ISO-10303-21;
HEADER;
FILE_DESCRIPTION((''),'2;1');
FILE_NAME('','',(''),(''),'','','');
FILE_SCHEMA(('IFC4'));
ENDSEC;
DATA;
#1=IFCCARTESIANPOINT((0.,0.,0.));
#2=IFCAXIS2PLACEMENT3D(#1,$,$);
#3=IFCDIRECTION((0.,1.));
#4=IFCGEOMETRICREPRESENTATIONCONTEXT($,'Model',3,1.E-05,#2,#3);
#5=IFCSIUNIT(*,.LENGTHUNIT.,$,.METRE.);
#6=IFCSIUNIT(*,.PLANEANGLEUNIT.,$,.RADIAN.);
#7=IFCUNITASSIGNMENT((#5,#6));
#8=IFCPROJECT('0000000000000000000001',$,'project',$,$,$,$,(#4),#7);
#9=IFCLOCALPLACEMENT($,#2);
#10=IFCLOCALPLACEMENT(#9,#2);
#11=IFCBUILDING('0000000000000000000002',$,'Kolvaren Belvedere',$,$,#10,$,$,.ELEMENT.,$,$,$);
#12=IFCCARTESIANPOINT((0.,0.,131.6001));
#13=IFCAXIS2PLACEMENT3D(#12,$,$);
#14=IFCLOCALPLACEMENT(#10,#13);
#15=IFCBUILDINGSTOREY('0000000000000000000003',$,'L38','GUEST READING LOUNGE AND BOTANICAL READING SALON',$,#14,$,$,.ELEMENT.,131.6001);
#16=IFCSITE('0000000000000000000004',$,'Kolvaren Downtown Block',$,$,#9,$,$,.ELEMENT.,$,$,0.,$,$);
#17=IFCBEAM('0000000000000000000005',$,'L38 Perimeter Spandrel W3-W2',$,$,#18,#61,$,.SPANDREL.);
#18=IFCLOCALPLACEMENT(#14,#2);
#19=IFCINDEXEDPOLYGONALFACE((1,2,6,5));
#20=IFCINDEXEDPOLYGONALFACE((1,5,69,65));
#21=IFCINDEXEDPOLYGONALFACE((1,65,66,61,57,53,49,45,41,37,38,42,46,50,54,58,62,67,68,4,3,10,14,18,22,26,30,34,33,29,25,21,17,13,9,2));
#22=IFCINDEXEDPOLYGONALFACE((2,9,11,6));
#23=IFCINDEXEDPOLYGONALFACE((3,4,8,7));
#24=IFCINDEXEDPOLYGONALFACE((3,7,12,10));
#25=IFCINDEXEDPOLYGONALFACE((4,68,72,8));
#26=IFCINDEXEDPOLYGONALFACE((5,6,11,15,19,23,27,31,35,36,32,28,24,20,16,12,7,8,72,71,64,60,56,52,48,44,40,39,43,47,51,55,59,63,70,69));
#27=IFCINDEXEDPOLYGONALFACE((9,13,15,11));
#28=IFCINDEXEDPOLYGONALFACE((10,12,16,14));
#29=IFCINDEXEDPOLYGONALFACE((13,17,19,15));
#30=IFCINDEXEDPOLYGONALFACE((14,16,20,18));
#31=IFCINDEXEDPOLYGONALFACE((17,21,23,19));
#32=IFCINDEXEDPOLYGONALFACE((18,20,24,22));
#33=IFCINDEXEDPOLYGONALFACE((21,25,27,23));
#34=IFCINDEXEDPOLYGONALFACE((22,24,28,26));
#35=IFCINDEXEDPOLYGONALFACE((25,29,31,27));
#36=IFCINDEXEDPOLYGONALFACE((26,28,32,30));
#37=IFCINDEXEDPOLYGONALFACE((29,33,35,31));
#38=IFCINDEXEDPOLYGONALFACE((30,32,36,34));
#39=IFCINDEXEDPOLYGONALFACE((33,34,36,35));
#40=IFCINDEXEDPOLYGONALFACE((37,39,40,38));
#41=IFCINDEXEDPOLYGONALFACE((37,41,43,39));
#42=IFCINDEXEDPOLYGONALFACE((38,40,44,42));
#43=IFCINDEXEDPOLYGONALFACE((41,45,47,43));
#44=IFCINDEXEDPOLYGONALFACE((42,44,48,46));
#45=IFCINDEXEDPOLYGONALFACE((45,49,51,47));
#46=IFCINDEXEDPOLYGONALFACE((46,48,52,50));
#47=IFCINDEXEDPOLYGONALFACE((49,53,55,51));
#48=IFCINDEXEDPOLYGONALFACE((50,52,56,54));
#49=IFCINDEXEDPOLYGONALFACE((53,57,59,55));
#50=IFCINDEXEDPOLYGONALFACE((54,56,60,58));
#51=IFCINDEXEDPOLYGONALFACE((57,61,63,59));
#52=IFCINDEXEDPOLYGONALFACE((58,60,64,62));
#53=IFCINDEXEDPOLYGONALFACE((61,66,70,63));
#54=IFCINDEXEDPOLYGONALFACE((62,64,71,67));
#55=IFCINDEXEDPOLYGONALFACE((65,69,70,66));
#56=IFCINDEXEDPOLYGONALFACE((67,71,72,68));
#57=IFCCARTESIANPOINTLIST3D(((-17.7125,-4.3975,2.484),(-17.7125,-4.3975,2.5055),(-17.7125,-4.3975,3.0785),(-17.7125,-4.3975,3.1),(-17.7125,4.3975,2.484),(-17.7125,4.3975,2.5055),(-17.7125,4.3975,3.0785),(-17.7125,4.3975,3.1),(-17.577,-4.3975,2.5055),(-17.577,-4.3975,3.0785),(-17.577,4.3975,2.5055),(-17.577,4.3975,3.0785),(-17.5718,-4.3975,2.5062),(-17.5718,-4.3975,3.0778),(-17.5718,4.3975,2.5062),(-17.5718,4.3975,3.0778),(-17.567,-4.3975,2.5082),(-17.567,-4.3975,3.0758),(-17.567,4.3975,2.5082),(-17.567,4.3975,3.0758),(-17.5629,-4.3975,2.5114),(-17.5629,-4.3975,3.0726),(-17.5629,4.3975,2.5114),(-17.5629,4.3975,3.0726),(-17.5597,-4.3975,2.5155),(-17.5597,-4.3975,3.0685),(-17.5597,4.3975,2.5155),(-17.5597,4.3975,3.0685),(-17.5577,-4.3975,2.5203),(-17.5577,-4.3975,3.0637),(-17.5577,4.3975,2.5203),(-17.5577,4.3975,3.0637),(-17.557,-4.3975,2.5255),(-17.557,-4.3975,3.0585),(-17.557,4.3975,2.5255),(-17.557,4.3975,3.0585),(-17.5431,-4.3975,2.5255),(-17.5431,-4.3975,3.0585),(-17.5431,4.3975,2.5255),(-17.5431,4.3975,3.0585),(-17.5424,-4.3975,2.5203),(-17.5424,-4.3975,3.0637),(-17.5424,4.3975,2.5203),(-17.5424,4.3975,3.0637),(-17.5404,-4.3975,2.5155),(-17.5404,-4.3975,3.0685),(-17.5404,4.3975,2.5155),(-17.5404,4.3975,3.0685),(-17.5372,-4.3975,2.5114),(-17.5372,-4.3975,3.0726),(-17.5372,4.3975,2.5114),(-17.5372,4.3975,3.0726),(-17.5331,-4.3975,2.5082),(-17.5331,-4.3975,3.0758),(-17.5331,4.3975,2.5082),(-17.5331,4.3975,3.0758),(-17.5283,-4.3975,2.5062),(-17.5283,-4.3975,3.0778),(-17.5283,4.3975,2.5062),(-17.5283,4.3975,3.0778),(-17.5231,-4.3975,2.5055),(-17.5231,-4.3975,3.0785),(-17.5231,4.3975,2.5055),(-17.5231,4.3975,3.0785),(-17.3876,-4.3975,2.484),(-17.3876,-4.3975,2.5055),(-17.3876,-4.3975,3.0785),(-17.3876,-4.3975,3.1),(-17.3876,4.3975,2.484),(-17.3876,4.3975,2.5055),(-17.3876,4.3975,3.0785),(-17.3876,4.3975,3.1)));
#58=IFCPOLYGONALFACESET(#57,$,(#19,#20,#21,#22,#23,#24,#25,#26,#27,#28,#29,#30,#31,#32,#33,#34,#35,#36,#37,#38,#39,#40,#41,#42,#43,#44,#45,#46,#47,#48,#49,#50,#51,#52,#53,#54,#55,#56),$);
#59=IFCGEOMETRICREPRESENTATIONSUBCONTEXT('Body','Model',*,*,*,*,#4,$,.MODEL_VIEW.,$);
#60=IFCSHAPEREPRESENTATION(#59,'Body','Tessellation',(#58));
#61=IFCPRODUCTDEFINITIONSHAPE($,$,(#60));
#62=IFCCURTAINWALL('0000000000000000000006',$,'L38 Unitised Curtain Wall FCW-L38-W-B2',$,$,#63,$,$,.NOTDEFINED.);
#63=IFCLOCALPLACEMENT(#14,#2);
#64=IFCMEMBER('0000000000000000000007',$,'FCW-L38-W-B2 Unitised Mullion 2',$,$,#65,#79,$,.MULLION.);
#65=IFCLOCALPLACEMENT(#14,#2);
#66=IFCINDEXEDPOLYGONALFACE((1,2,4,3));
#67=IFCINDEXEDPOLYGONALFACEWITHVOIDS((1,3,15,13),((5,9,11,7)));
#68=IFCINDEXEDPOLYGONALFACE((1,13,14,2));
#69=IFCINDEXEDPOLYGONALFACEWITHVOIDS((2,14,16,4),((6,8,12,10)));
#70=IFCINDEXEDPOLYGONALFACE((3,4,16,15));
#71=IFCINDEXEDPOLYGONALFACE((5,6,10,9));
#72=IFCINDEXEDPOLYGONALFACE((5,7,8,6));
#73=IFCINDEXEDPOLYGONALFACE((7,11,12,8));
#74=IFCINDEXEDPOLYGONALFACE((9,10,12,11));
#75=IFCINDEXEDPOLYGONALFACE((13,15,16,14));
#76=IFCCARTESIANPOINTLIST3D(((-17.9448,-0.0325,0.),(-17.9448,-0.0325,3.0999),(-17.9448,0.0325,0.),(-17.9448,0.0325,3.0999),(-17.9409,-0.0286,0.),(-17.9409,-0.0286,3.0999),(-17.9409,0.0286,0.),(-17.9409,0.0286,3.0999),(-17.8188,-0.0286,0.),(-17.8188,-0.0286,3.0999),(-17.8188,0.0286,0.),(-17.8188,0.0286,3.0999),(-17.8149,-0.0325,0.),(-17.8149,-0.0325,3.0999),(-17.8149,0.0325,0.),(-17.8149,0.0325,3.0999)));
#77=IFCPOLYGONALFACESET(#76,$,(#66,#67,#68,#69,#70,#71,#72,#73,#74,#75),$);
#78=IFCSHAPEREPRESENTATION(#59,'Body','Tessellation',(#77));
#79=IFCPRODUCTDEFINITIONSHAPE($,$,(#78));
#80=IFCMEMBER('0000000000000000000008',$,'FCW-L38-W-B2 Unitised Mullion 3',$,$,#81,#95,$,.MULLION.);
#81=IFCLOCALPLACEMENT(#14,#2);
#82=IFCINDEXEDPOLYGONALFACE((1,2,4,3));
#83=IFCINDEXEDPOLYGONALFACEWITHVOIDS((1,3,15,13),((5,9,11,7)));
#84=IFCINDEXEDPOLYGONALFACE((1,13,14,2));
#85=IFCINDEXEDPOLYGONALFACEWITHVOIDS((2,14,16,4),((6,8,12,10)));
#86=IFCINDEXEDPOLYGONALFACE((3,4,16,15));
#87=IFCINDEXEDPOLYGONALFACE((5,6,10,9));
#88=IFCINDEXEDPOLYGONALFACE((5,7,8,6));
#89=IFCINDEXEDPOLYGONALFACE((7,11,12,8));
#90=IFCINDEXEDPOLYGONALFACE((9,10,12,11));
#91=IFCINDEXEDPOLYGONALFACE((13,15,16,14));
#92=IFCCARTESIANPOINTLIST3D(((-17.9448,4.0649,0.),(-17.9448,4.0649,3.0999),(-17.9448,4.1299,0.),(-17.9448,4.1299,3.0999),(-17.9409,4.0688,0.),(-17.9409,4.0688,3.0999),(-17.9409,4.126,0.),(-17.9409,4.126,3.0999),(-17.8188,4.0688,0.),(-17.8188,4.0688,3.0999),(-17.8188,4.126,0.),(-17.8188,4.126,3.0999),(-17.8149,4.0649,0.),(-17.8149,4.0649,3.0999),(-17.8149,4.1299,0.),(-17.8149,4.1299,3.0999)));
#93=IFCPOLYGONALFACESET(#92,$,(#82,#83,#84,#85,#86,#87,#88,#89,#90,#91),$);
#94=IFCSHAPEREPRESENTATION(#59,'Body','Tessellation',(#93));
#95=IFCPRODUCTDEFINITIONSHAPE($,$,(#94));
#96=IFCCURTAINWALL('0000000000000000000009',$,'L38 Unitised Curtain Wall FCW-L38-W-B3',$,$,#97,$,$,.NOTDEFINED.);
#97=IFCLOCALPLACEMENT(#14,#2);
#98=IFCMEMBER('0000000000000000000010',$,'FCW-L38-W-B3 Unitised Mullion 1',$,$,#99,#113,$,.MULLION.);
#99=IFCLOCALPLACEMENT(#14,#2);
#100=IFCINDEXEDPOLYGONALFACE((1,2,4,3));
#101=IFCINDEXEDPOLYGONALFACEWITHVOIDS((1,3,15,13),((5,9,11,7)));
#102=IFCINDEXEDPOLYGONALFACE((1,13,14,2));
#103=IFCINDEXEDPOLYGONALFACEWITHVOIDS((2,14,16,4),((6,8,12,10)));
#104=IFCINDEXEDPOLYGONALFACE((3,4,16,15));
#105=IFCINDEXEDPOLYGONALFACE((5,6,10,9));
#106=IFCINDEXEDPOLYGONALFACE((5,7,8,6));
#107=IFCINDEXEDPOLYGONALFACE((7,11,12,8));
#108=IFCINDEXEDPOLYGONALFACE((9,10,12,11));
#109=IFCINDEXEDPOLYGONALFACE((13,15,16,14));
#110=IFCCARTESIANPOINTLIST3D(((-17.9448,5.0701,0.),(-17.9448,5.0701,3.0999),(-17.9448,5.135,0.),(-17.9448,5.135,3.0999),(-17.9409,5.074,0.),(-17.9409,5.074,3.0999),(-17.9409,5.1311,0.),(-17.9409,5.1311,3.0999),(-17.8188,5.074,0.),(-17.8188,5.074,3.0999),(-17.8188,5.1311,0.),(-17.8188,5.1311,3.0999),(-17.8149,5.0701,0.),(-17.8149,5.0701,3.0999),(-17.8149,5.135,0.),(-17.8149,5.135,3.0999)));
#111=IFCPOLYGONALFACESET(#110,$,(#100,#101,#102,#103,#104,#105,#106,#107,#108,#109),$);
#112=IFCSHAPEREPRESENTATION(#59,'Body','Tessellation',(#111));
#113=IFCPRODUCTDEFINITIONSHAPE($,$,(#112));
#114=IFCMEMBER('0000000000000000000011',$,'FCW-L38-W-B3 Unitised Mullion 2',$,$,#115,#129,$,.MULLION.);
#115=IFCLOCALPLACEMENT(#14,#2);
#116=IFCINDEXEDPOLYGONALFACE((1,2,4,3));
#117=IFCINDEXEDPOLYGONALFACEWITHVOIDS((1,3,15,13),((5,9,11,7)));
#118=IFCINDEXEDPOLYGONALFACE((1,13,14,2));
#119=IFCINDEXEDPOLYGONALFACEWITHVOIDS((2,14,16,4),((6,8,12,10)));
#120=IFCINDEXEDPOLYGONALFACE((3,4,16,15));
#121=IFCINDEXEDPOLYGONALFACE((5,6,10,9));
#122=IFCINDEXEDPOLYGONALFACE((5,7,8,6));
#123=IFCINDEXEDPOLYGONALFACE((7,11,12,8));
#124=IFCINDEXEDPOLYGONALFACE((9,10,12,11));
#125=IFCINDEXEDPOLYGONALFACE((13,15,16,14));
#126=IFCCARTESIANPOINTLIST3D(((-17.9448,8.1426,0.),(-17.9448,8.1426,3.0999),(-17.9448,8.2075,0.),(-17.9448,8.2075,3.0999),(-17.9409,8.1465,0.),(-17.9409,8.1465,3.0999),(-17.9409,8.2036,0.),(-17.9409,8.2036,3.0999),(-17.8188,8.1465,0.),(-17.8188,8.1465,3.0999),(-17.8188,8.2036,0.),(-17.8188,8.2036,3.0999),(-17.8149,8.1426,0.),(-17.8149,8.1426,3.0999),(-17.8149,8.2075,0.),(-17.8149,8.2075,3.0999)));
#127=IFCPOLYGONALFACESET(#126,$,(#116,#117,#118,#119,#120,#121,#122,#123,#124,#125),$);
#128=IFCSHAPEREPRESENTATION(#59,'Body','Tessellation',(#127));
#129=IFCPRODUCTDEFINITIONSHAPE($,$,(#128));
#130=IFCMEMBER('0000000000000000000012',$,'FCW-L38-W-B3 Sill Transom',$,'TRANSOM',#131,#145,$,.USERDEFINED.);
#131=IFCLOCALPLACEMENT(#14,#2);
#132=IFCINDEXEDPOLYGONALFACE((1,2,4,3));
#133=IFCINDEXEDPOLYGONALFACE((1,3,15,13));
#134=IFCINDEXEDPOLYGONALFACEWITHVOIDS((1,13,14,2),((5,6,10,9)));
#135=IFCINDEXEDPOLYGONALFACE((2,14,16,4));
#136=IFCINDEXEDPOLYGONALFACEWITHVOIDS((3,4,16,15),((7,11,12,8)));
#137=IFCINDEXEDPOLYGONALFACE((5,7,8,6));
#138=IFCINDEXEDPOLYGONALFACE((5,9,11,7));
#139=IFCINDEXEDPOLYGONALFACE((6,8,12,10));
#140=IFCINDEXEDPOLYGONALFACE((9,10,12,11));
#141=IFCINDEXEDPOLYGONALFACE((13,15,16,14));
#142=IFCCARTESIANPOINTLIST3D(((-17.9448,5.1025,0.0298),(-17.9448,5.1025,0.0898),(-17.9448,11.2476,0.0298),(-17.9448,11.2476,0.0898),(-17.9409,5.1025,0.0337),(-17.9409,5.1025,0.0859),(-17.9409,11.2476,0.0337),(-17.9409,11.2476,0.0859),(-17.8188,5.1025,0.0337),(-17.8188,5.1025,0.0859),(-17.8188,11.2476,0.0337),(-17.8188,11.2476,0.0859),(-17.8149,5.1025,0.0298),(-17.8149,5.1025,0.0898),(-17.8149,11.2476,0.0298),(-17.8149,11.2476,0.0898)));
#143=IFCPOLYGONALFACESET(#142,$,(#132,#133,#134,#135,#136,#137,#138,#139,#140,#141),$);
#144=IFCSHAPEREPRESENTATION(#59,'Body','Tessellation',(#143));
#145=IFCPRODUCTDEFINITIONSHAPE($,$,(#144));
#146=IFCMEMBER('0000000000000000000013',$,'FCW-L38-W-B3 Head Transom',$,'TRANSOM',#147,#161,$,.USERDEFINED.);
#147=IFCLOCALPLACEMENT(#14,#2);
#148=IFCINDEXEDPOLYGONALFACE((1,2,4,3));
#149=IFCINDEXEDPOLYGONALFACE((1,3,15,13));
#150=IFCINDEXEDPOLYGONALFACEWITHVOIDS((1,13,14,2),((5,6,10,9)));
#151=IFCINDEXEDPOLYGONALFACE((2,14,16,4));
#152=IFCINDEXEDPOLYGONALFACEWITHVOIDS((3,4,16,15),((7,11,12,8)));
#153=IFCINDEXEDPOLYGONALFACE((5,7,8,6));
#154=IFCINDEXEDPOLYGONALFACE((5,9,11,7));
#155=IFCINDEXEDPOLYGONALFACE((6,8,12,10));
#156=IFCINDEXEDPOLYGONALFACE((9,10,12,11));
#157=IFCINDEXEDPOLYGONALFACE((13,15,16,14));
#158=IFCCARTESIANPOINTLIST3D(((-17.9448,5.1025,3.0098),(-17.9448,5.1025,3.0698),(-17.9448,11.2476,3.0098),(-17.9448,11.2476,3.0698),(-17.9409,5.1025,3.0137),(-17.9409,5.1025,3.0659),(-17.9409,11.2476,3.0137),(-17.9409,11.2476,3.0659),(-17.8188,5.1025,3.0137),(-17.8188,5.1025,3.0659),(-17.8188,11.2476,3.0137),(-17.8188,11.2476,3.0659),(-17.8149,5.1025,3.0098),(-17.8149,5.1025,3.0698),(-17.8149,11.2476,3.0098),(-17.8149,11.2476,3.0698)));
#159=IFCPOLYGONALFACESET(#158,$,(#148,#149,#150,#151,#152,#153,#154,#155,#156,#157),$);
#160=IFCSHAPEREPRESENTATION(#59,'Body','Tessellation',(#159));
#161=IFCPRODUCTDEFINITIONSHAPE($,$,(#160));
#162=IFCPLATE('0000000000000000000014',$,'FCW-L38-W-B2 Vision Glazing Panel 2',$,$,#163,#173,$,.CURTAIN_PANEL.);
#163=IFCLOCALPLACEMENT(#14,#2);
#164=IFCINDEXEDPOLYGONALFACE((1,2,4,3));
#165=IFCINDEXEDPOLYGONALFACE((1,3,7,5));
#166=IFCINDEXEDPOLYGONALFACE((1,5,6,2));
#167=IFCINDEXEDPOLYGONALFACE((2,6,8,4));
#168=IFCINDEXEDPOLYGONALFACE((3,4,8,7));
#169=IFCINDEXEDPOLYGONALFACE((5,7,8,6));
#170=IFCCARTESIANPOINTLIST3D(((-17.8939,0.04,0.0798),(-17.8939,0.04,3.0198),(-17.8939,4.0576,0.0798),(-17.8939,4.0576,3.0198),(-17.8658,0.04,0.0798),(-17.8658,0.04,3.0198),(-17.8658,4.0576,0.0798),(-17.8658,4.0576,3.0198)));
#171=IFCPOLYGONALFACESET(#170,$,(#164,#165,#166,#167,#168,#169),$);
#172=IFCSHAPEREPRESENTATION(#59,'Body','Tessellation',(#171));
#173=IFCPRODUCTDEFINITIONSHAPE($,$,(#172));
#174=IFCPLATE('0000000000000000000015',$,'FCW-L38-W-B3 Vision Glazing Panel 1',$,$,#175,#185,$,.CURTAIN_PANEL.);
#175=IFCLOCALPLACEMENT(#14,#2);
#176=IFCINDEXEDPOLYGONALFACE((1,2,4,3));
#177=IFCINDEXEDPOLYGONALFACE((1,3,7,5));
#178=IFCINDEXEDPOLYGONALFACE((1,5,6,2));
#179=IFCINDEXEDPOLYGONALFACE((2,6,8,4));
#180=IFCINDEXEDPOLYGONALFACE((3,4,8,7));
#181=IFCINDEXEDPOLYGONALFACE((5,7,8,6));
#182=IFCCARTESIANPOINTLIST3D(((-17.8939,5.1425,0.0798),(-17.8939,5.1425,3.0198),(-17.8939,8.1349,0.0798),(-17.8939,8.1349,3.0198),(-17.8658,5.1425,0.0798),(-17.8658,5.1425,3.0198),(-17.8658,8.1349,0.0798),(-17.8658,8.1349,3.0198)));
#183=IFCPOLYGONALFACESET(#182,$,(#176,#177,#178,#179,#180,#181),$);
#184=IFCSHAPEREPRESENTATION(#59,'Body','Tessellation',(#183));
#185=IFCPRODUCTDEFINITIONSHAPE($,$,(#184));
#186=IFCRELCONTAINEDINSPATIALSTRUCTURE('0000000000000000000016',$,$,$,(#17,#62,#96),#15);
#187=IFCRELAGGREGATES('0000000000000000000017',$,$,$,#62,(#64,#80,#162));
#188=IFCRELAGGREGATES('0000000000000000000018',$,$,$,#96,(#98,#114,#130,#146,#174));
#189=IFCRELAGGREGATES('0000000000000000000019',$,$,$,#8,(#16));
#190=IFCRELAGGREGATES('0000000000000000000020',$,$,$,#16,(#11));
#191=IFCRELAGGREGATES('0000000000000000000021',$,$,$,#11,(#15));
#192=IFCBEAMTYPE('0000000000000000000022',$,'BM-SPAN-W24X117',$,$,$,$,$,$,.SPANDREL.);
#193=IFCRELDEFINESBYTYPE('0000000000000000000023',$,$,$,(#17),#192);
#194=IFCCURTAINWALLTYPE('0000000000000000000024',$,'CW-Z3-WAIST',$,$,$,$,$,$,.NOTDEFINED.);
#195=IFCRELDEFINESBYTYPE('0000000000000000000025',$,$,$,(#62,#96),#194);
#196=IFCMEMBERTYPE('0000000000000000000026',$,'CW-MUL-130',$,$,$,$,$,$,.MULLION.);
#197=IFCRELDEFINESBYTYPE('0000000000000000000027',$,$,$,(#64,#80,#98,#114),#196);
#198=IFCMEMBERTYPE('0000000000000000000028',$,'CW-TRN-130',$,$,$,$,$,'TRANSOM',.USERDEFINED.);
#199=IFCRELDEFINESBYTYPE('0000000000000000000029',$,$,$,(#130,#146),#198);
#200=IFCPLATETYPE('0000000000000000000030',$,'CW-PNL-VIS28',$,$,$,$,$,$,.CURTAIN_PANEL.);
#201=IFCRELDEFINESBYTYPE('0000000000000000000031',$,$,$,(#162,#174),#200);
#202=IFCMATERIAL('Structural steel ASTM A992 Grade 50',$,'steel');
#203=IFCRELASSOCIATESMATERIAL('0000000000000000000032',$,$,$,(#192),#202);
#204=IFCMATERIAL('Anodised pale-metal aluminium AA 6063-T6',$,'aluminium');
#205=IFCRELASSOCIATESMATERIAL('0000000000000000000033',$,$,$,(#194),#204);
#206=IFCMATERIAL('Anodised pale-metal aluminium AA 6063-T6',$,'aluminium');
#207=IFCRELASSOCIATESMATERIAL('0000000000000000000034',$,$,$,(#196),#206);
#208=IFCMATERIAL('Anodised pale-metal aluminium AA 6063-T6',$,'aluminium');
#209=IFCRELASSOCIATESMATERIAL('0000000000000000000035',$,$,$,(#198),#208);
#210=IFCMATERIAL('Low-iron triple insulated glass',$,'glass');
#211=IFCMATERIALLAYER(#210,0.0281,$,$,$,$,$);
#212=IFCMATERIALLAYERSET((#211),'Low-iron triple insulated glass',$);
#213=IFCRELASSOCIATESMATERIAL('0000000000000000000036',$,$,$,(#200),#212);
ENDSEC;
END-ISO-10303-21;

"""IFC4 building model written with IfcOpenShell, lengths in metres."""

from ifc_helpers import new_model, si_unit, direction, frame, origin, origin_2d, place, context, subcontext, project, spatial, rectangle, hollow_rectangle, i_section, extrude, material, layer, layer_set, material_profile, profile_set, type_object, element, aggregate, save


model = new_model("IFC4")

# Units and contexts
model_context = context("Model", 3, precision=1e-05, world=origin(), true_north=direction((0.0, 1.0)))
body_context = subcontext(model_context, "Body", "Model", "MODEL_VIEW")
ifc_project = project(units=[si_unit("LENGTHUNIT", "METRE"), si_unit("PLANEANGLEUNIT", "RADIAN")], contexts=[model_context])

# Site, building, storey
site_placement = place(None, origin())
site = spatial("IfcSite", under=ifc_project, at=site_placement, Name="Kolvaren Downtown Block", CompositionType="ELEMENT", RefElevation=0.0)
building_placement = place(site_placement, origin())
building = spatial("IfcBuilding", under=site, at=building_placement, Name="Kolvaren Belvedere", CompositionType="ELEMENT")
storey_placement = place(building_placement, frame((0.0, 0.0, 131.6001)))
storey = spatial("IfcBuildingStorey", under=building, at=storey_placement, Name="L38", Description="GUEST READING LOUNGE AND BOTANICAL READING SALON", CompositionType="ELEMENT", Elevation=131.6001)

# Beam
ifc_material_1 = material(Name="Structural steel ASTM A992 Grade 50", Category="steel")
ifc_material_profile_1 = material_profile(ifc_material_1, i_section(OverallWidth=0.325, OverallDepth=0.616, WebThickness=0.0139, FlangeThickness=0.0215, FilletRadius=0.02, at=origin_2d()), Name="W24X117")
ifc_profile_set_1 = profile_set([ifc_material_profile_1], Name="Structural steel ASTM A992 Grade 50")
beam_type_1 = type_object("IfcBeamType", Name="BM-SPAN-W24X117", PredefinedType="SPANDREL", material=ifc_profile_set_1)
beam_1_placement = place(storey_placement, frame((-17.55, 4.3975, 2.792), z_axis=(0.0, -1.0, 0.0), x_axis=(1.0, 0.0, 0.0)))
element("IfcBeam", 1, at=beam_1_placement, inside=storey, type_object=beam_type_1, Name="L38 Perimeter Spandrel W3-W2", PredefinedType="SPANDREL", context=body_context, shape_type="SweptSolid", body=[
    extrude(i_section(OverallWidth=0.325, OverallDepth=0.616, WebThickness=0.0139, FlangeThickness=0.0215, FilletRadius=0.02, at=origin_2d()), origin(), (0.0, 0.0, 1.0), 8.7949),
])

# Curtain walls, members
ifc_material_2 = material(Name="Anodised pale-metal aluminium AA 6063-T6", Category="aluminium")
curtain_wall_type = type_object("IfcCurtainWallType", Name="CW-Z3-WAIST", PredefinedType="NOTDEFINED", material=ifc_material_2)
curtain_wall_1_placement = place(storey_placement, origin())
curtain_wall_1 = element("IfcCurtainWall", 2, at=curtain_wall_1_placement, inside=storey, type_object=curtain_wall_type, Name="L38 Unitised Curtain Wall FCW-L38-W-B2", PredefinedType="NOTDEFINED")
ifc_material_3 = material(Name="Anodised pale-metal aluminium AA 6063-T6", Category="aluminium")
ifc_material_profile_2 = material_profile(ifc_material_3, hollow_rectangle(XDim=0.0649, YDim=0.1299, WallThickness=0.0039, at=origin_2d()), Name="ALU-MUL-130X65")
ifc_profile_set_2 = profile_set([ifc_material_profile_2], Name="Anodised pale-metal aluminium AA 6063-T6")
member_type_1 = type_object("IfcMemberType", Name="CW-MUL-130", PredefinedType="MULLION", material=ifc_profile_set_2)
member_1_placement = place(storey_placement, frame((-17.8799, 0.0, 0.0), z_axis=(0.0, 0.0, 1.0), x_axis=(0.0, 1.0, 0.0)))
member_1 = element("IfcMember", 3, at=member_1_placement, type_object=member_type_1, Name="FCW-L38-W-B2 Unitised Mullion 2", PredefinedType="MULLION", context=body_context, shape_type="SweptSolid", body=[
    extrude(hollow_rectangle(XDim=0.0649, YDim=0.1299, WallThickness=0.0039, at=origin_2d()), origin(), (0.0, 0.0, 1.0), 3.0999),
])
member_2_placement = place(storey_placement, frame((-17.8799, 4.0974, 0.0), z_axis=(0.0, 0.0, 1.0), x_axis=(0.0, 1.0, 0.0)))
member_2 = element("IfcMember", 4, at=member_2_placement, type_object=member_type_1, Name="FCW-L38-W-B2 Unitised Mullion 3", PredefinedType="MULLION", context=body_context, shape_type="SweptSolid", body=[
    extrude(hollow_rectangle(XDim=0.0649, YDim=0.1299, WallThickness=0.0039, at=origin_2d()), origin(), (0.0, 0.0, 1.0), 3.0999),
])
curtain_wall_2_placement = place(storey_placement, origin())
curtain_wall_2 = element("IfcCurtainWall", 5, at=curtain_wall_2_placement, inside=storey, type_object=curtain_wall_type, Name="L38 Unitised Curtain Wall FCW-L38-W-B3", PredefinedType="NOTDEFINED")
member_3_placement = place(storey_placement, frame((-17.8799, 5.1025, 0.0), z_axis=(0.0, 0.0, 1.0), x_axis=(0.0, 1.0, 0.0)))
member_3 = element("IfcMember", 6, at=member_3_placement, type_object=member_type_1, Name="FCW-L38-W-B3 Unitised Mullion 1", PredefinedType="MULLION", context=body_context, shape_type="SweptSolid", body=[
    extrude(hollow_rectangle(XDim=0.0649, YDim=0.1299, WallThickness=0.0039, at=origin_2d()), origin(), (0.0, 0.0, 1.0), 3.0999),
])
member_4_placement = place(storey_placement, frame((-17.8799, 8.175, 0.0), z_axis=(0.0, 0.0, 1.0), x_axis=(0.0, 1.0, 0.0)))
member_4 = element("IfcMember", 7, at=member_4_placement, type_object=member_type_1, Name="FCW-L38-W-B3 Unitised Mullion 2", PredefinedType="MULLION", context=body_context, shape_type="SweptSolid", body=[
    extrude(hollow_rectangle(XDim=0.0649, YDim=0.1299, WallThickness=0.0039, at=origin_2d()), origin(), (0.0, 0.0, 1.0), 3.0999),
])
ifc_material_4 = material(Name="Anodised pale-metal aluminium AA 6063-T6", Category="aluminium")
ifc_material_profile_3 = material_profile(ifc_material_4, hollow_rectangle(XDim=0.0601, YDim=0.1299, WallThickness=0.0039, at=origin_2d()), Name="ALU-TRN-130X60")
ifc_profile_set_3 = profile_set([ifc_material_profile_3], Name="Anodised pale-metal aluminium AA 6063-T6")
member_type_2 = type_object("IfcMemberType", Name="CW-TRN-130", ElementType="TRANSOM", PredefinedType="USERDEFINED", material=ifc_profile_set_3)
member_5_placement = place(storey_placement, frame((-17.8799, 5.1025, 0.0598), z_axis=(0.0, 1.0, 0.0), x_axis=(0.0, 0.0, 1.0)))
member_5 = element("IfcMember", 8, at=member_5_placement, type_object=member_type_2, Name="FCW-L38-W-B3 Sill Transom", ObjectType="TRANSOM", PredefinedType="USERDEFINED", context=body_context, shape_type="SweptSolid", body=[
    extrude(hollow_rectangle(XDim=0.0601, YDim=0.1299, WallThickness=0.0039, at=origin_2d()), origin(), (0.0, 0.0, 1.0), 6.145),
])
member_6_placement = place(storey_placement, frame((-17.8799, 5.1025, 3.0398), z_axis=(0.0, 1.0, 0.0), x_axis=(0.0, 0.0, 1.0)))
member_6 = element("IfcMember", 9, at=member_6_placement, type_object=member_type_2, Name="FCW-L38-W-B3 Head Transom", ObjectType="TRANSOM", PredefinedType="USERDEFINED", context=body_context, shape_type="SweptSolid", body=[
    extrude(hollow_rectangle(XDim=0.0601, YDim=0.1299, WallThickness=0.0039, at=origin_2d()), origin(), (0.0, 0.0, 1.0), 6.145),
])

# Plates
ifc_material_5 = material(Name="Low-iron triple insulated glass", Category="glass")
ifc_layer_1 = layer(ifc_material_5, 0.0281)
ifc_layer_set_1 = layer_set([ifc_layer_1], Name="Low-iron triple insulated glass")
plate_type_1 = type_object("IfcPlateType", Name="CW-PNL-VIS28", PredefinedType="CURTAIN_PANEL", material=ifc_layer_set_1)
plate_1_placement = place(storey_placement, frame((-17.8799, 2.0488, 0.0798), z_axis=(0.0, 0.0, 1.0), x_axis=(0.0, 1.0, 0.0)))
plate_1 = element("IfcPlate", 10, at=plate_1_placement, type_object=plate_type_1, Name="FCW-L38-W-B2 Vision Glazing Panel 2", PredefinedType="CURTAIN_PANEL", context=body_context, shape_type="SweptSolid", body=[
    extrude(rectangle(XDim=4.0176, YDim=0.0281, at=origin_2d()), origin(), (0.0, 0.0, 1.0), 2.9399),
])
aggregate(curtain_wall_1, [member_1, member_2, plate_1])
plate_2_placement = place(storey_placement, frame((-17.8799, 6.6387, 0.0798), z_axis=(0.0, 0.0, 1.0), x_axis=(0.0, 1.0, 0.0)))
plate_2 = element("IfcPlate", 11, at=plate_2_placement, type_object=plate_type_1, Name="FCW-L38-W-B3 Vision Glazing Panel 1", PredefinedType="CURTAIN_PANEL", context=body_context, shape_type="SweptSolid", body=[
    extrude(rectangle(XDim=2.9924, YDim=0.0281, at=origin_2d()), origin(), (0.0, 0.0, 1.0), 2.9399),
])
aggregate(curtain_wall_2, [member_3, member_4, member_5, member_6, plate_2])

save(model, "model.ifc")
